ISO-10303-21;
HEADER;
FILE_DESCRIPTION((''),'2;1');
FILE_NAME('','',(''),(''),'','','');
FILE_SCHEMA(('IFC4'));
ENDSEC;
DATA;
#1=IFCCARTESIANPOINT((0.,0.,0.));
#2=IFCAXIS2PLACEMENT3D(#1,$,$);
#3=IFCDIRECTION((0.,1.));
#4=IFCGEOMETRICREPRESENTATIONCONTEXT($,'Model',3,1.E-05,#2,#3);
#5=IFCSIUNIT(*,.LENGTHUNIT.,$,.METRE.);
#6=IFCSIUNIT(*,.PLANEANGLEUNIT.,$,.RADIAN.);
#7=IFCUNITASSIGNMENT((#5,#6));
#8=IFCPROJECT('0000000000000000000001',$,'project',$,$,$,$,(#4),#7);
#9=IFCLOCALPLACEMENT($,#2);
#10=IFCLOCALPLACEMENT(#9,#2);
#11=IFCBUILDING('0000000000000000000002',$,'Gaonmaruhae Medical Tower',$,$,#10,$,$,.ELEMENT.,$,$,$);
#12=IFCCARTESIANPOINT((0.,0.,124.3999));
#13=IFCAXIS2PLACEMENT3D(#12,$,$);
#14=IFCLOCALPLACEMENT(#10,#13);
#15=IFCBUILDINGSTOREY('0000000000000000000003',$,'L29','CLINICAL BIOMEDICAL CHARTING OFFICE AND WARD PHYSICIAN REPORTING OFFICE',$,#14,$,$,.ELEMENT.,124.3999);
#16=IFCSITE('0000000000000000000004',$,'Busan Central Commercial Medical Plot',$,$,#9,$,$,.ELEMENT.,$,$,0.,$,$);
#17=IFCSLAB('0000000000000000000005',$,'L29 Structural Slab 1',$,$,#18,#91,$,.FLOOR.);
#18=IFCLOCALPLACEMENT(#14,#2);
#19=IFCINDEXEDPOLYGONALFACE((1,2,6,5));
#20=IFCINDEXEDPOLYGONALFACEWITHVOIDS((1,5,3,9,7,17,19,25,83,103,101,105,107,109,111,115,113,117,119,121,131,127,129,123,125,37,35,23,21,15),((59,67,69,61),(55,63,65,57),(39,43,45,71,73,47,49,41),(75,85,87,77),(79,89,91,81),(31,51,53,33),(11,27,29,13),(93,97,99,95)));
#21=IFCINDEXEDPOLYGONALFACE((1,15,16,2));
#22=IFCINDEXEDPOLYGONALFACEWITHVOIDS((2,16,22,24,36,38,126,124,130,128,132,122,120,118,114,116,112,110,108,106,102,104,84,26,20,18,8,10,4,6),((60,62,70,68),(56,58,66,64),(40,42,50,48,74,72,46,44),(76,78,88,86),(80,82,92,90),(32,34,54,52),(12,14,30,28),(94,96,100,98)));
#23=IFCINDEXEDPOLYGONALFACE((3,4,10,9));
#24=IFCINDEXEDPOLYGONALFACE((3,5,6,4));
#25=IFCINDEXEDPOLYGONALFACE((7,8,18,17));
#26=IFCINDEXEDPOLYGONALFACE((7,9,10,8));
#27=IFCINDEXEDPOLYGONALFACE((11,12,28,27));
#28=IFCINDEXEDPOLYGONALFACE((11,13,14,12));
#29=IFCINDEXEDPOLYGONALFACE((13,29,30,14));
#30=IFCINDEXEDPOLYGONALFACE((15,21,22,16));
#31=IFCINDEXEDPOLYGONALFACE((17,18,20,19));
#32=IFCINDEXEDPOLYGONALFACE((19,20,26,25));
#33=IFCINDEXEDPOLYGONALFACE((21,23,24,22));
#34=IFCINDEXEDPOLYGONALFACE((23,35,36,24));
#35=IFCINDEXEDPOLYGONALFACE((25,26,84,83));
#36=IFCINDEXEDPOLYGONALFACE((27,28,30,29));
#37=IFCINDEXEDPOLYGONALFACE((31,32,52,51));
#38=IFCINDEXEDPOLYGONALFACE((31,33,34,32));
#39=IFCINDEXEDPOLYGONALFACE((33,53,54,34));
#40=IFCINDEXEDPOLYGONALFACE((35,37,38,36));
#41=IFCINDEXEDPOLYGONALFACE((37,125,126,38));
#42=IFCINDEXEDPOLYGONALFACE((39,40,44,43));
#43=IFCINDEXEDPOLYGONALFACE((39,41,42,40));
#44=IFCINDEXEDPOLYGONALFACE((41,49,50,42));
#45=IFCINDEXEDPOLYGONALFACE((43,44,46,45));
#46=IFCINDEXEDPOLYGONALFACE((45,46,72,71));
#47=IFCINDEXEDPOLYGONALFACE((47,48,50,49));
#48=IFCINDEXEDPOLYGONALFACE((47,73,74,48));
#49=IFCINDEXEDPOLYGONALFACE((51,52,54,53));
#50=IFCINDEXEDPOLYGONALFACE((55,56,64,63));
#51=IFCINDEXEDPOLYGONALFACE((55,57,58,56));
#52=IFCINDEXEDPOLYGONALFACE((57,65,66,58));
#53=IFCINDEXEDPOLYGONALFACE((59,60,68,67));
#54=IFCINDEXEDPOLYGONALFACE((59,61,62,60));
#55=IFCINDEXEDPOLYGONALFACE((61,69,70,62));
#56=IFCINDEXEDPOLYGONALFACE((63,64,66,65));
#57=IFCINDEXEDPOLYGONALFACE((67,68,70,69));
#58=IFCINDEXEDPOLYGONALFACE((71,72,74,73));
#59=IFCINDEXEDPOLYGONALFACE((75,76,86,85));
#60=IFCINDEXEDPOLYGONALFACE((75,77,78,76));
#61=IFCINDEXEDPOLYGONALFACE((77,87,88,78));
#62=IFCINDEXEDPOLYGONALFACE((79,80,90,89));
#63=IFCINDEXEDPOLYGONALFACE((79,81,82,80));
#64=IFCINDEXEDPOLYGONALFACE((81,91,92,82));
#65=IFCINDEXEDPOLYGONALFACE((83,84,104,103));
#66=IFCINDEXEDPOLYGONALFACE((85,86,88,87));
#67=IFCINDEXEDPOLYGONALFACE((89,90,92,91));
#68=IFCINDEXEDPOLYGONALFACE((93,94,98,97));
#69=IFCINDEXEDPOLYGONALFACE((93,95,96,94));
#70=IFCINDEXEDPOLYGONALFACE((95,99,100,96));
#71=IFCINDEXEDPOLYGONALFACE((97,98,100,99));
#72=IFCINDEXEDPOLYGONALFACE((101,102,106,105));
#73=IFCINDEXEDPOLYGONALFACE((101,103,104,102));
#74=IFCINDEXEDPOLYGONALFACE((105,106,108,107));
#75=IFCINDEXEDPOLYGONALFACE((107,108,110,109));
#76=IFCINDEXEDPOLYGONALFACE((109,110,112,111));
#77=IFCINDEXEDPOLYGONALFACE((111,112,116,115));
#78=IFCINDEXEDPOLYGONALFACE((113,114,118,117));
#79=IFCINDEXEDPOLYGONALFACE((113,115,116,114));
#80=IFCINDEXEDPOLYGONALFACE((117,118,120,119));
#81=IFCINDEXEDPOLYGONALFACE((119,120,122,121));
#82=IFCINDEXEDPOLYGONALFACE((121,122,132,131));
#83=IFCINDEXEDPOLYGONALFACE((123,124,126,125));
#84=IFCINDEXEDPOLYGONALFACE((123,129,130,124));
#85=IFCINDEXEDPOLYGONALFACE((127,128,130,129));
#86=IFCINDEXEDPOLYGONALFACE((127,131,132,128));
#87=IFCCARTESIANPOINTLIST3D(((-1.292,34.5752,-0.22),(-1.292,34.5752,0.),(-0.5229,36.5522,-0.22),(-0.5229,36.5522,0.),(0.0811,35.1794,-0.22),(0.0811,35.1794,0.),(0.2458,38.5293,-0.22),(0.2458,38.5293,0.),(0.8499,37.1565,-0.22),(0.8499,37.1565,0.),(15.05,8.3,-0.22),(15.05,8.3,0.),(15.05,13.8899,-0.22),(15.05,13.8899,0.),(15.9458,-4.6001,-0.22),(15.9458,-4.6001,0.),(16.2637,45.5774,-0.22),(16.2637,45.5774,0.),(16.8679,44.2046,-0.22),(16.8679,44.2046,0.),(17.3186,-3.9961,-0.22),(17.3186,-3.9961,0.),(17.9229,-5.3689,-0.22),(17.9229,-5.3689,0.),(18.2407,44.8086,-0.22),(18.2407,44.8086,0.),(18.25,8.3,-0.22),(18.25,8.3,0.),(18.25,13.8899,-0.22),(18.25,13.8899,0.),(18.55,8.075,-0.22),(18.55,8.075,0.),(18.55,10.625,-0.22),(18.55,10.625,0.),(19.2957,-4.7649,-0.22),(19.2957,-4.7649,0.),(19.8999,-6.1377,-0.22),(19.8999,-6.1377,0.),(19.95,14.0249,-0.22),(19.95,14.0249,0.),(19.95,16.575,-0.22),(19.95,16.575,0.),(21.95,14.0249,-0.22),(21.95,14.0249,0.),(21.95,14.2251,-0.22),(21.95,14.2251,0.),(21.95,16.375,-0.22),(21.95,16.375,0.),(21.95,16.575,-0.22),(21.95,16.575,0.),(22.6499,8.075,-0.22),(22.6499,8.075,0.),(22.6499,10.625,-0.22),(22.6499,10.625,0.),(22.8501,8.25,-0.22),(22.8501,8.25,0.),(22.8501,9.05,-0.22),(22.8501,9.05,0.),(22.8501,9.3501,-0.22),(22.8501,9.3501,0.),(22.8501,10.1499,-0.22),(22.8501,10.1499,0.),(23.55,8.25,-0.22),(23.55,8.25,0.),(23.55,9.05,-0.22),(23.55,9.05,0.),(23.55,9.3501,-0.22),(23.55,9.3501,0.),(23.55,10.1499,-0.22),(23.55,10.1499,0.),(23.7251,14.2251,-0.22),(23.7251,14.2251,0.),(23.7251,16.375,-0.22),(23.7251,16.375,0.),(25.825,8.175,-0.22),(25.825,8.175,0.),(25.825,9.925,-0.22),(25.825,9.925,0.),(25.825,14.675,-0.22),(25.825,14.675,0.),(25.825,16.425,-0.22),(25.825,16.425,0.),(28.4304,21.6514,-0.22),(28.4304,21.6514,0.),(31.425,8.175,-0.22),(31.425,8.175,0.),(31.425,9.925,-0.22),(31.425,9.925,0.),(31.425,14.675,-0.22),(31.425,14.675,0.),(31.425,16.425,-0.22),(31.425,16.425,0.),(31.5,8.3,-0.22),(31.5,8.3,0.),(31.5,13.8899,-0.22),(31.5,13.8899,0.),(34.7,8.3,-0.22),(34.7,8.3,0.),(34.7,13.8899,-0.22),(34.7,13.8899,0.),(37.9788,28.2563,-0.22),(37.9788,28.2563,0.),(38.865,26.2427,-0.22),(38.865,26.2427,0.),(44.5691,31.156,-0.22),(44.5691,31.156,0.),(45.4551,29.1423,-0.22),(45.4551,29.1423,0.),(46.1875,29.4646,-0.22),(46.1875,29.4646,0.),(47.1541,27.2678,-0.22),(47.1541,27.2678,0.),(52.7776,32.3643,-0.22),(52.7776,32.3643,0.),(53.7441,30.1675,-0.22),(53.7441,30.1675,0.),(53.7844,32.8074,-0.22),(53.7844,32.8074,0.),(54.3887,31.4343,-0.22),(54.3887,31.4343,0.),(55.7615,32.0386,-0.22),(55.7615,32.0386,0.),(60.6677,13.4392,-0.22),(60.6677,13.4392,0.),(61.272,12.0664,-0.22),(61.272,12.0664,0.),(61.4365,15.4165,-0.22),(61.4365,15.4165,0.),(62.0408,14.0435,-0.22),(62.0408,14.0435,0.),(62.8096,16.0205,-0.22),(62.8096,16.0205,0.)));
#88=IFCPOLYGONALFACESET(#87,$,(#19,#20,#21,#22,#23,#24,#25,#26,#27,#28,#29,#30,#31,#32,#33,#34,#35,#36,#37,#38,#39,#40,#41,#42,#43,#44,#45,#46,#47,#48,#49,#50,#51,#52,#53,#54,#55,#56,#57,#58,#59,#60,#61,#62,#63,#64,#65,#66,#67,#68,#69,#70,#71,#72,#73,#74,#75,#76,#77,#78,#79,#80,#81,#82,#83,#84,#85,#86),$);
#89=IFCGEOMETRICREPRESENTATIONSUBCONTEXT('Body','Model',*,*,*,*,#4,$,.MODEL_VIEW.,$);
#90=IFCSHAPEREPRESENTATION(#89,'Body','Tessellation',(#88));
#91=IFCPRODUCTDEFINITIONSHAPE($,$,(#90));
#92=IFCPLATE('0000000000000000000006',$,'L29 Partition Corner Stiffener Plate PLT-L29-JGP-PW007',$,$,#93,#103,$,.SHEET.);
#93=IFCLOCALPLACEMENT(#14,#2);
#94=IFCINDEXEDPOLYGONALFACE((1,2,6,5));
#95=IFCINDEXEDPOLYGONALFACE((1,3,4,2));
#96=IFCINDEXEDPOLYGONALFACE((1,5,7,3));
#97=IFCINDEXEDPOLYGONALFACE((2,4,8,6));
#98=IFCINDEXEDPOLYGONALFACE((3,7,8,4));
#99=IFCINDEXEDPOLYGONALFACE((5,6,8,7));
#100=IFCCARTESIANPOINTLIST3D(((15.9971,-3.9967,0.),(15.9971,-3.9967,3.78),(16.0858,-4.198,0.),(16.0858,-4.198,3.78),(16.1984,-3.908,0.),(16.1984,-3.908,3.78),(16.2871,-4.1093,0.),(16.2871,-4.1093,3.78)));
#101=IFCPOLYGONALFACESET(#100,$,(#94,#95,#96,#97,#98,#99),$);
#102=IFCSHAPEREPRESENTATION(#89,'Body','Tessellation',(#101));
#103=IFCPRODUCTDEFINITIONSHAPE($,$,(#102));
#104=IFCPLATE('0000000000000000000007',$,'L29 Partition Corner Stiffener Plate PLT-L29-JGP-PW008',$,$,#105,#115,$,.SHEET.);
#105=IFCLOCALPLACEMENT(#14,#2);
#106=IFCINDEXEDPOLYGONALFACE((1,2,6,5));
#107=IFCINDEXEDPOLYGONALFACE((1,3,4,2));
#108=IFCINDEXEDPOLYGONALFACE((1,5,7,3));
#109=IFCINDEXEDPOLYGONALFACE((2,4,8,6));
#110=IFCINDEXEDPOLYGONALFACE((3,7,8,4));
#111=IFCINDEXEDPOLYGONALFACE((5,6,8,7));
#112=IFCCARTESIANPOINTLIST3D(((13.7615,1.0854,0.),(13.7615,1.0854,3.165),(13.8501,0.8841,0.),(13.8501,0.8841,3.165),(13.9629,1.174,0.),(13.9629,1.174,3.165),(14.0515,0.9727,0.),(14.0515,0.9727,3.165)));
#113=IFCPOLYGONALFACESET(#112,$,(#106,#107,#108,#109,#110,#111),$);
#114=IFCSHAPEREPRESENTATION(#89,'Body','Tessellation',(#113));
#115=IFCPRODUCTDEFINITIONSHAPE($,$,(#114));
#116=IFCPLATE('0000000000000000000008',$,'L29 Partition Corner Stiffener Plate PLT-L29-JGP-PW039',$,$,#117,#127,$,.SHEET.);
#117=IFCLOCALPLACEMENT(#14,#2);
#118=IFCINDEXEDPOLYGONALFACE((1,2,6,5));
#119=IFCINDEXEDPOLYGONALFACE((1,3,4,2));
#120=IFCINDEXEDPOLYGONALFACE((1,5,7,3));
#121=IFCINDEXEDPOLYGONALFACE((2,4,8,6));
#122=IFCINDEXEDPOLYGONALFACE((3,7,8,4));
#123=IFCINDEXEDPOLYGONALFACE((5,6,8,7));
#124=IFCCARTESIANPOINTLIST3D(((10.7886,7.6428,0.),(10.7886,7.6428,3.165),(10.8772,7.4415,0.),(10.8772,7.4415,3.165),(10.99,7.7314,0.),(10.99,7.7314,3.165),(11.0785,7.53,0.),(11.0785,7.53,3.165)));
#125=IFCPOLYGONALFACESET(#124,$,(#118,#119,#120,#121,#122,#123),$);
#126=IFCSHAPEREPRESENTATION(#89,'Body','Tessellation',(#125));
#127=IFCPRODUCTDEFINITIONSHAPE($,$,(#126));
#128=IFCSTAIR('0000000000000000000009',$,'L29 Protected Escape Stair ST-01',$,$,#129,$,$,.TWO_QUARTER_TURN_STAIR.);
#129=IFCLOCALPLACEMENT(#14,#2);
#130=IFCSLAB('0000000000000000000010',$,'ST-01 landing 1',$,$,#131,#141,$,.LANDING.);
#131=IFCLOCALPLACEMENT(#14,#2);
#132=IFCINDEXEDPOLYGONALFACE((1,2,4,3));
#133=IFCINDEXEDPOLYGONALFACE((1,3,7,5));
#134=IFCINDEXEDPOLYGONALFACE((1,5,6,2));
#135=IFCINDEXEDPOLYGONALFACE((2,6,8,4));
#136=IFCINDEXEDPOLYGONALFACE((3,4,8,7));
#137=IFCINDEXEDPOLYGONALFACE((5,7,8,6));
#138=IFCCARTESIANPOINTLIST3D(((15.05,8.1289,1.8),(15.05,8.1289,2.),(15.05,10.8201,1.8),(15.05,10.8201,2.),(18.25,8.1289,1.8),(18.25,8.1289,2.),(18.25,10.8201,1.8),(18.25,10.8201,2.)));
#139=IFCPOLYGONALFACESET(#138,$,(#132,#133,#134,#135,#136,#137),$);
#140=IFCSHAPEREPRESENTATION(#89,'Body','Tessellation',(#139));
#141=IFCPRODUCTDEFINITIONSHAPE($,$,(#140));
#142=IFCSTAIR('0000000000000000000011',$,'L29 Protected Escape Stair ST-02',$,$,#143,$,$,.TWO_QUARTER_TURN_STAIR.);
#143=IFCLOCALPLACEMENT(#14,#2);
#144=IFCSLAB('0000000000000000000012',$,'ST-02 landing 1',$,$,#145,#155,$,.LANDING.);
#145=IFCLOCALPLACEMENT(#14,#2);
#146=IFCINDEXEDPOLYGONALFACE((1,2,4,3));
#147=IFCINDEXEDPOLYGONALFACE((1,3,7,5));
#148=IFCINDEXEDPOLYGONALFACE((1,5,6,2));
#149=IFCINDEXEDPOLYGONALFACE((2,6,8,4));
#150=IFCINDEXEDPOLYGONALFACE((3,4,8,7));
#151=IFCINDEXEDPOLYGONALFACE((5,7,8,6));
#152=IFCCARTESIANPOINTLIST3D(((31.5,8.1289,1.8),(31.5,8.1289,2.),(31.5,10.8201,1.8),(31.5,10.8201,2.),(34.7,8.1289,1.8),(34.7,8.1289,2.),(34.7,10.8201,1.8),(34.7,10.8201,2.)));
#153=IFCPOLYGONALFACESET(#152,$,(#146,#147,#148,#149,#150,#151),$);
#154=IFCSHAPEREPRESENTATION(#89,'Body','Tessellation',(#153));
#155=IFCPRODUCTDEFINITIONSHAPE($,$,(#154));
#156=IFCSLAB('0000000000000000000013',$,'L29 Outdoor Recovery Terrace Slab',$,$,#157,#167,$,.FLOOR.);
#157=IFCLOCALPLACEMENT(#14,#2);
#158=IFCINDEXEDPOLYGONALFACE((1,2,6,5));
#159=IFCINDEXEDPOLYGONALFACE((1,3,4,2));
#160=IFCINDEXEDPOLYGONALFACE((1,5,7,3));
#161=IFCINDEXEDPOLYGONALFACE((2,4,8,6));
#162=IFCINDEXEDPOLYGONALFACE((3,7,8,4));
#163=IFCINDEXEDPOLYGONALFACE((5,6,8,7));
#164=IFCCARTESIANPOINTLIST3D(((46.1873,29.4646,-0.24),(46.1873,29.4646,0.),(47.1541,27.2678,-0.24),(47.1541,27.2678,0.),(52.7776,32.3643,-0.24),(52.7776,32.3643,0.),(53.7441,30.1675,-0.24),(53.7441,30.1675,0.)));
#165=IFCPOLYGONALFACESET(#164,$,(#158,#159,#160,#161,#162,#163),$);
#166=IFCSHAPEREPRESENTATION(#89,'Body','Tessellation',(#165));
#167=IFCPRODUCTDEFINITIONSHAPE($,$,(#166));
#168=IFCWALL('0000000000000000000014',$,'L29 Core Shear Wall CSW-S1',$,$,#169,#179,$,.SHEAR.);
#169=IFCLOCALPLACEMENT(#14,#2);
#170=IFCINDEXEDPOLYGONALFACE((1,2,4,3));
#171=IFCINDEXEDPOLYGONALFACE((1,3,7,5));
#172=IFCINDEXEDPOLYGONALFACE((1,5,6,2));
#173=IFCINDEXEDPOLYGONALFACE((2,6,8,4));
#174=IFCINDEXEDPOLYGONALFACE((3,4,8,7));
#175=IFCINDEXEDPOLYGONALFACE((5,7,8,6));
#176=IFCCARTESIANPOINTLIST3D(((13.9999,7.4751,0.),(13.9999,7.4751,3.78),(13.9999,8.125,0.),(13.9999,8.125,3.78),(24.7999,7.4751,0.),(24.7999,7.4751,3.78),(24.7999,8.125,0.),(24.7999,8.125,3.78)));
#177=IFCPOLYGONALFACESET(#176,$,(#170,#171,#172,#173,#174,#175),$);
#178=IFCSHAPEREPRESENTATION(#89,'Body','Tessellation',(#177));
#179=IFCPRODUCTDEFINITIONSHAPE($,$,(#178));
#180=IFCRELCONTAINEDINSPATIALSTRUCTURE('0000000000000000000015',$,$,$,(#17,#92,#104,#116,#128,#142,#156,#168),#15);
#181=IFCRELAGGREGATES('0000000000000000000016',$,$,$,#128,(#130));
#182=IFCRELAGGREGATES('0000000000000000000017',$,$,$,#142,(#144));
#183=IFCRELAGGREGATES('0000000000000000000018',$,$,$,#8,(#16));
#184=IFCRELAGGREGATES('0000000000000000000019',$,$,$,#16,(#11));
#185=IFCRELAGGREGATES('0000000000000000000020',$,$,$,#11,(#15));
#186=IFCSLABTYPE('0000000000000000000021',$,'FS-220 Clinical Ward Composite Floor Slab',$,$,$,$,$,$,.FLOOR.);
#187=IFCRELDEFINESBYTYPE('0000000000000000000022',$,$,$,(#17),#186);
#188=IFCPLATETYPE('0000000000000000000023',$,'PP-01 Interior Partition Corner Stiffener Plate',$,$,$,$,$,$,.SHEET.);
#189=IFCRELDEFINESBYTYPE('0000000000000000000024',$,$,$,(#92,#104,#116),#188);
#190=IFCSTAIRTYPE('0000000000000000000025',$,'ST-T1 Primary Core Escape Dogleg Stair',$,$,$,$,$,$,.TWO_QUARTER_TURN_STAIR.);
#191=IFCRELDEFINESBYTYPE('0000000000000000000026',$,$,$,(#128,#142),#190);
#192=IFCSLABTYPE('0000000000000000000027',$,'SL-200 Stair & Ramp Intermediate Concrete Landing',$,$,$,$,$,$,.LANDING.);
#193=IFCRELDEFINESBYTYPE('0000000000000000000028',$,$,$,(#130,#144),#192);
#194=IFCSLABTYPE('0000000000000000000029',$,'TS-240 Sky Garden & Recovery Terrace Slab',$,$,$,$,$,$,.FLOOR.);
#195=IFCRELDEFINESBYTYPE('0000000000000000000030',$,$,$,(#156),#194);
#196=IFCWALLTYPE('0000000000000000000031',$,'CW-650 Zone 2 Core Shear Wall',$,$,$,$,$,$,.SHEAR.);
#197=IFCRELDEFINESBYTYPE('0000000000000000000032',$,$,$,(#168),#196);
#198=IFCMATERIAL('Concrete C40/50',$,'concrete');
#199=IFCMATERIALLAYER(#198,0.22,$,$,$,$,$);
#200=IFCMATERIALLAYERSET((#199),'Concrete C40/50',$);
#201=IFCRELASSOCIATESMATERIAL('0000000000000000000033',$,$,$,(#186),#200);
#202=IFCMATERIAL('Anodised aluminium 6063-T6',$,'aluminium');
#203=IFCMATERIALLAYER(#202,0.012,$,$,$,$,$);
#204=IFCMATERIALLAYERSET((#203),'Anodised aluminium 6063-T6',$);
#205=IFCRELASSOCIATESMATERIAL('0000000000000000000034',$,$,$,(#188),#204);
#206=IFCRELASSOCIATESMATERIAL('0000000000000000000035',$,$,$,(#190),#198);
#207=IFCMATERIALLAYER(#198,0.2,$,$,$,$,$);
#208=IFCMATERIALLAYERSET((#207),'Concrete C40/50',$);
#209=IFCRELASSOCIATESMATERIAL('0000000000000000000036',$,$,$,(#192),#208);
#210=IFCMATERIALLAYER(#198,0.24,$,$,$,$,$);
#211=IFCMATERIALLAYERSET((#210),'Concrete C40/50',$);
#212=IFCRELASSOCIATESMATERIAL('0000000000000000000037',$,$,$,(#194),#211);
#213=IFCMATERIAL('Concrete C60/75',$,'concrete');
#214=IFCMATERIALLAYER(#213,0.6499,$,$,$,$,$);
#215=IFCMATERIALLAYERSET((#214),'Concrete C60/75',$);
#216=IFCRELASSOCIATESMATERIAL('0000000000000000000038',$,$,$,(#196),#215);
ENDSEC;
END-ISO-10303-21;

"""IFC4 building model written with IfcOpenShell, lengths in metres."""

from ifc_helpers import new_model, si_unit, direction, frame, frame_2d, origin, origin_2d, place, context, subcontext, project, spatial, polyline, rectangle, outline, extrude, material, layer, layer_set, type_object, element, aggregate, save


model = new_model("IFC4")

# Units and contexts
model_context = context("Model", 3, precision=1e-05, world=origin(), true_north=direction((0.0, 1.0)))
body_context = subcontext(model_context, "Body", "Model", "MODEL_VIEW")
ifc_project = project(units=[si_unit("LENGTHUNIT", "METRE"), si_unit("PLANEANGLEUNIT", "RADIAN")], contexts=[model_context])

# Site, building, storey
site_placement = place(None, origin())
site = spatial("IfcSite", under=ifc_project, at=site_placement, Name="Busan Central Commercial Medical Plot", CompositionType="ELEMENT", RefElevation=0.0)
building_placement = place(site_placement, origin())
building = spatial("IfcBuilding", under=site, at=building_placement, Name="Gaonmaruhae Medical Tower", CompositionType="ELEMENT")
storey_placement = place(building_placement, frame((0.0, 0.0, 124.3999)))
storey = spatial("IfcBuildingStorey", under=building, at=storey_placement, Name="L29", Description="CLINICAL BIOMEDICAL CHARTING OFFICE AND WARD PHYSICIAN REPORTING OFFICE", CompositionType="ELEMENT", Elevation=124.3999)

# Shared definitions
ifc_material_1 = material(Name="Concrete C60/75", Category="concrete")

# Slab
ifc_material_2 = material(Name="Concrete C40/50", Category="concrete")
ifc_layer_1 = layer(ifc_material_2, 0.22)
ifc_layer_set_1 = layer_set([ifc_layer_1], Name="Concrete C40/50")
slab_type_1 = type_object("IfcSlabType", Name="FS-220 Clinical Ward Composite Floor Slab", PredefinedType="FLOOR", material=ifc_layer_set_1)
slab_1_placement = place(storey_placement, frame((0.0, 0.0, -0.22)))
element("IfcSlab", 1, at=slab_1_placement, inside=storey, type_object=slab_type_1, Name="L29 Structural Slab 1", PredefinedType="FLOOR", context=body_context, shape_type="SweptSolid", body=[
    extrude(outline(polyline([(54.3887, 31.4343), (55.7615, 32.0386), (62.8096, 16.0205), (61.4365, 15.4165), (62.0408, 14.0435), (60.6677, 13.4392), (61.272, 12.0664), (19.8999, -6.1377), (19.2957, -4.7649), (17.9229, -5.3689), (17.3186, -3.9961), (15.9458, -4.6001), (-1.292, 34.5752), (0.0811, 35.1794), (-0.5229, 36.5522), (0.8499, 37.1565), (0.2458, 38.5293), (16.2637, 45.5774), (16.8679, 44.2046), (18.2407, 44.8086), (28.4304, 21.6514), (38.865, 26.2427), (37.9788, 28.2563), (44.5691, 31.156), (45.4551, 29.1423), (46.1875, 29.4646), (47.1541, 27.2678), (53.7441, 30.1675), (52.7776, 32.3643), (53.7844, 32.8074), (54.3887, 31.4343)]), holes=[polyline([(23.55, 8.25), (22.8501, 8.25), (22.8501, 9.05), (23.55, 9.05), (23.55, 8.25)]), polyline([(25.825, 9.925), (31.425, 9.925), (31.425, 8.175), (25.825, 8.175), (25.825, 9.925)]), polyline([(22.6499, 10.625), (22.6499, 8.075), (18.55, 8.075), (18.55, 10.625), (22.6499, 10.625)]), polyline([(23.55, 9.3501), (22.8501, 9.3501), (22.8501, 10.1499), (23.55, 10.1499), (23.55, 9.3501)]), polyline([(15.05, 13.8899), (18.25, 13.8899), (18.25, 8.3), (15.05, 8.3), (15.05, 13.8899)]), polyline([(31.5, 13.8899), (34.7, 13.8899), (34.7, 8.3), (31.5, 8.3), (31.5, 13.8899)]), polyline([(21.95, 14.2251), (21.95, 14.0249), (19.95, 14.0249), (19.95, 16.575), (21.95, 16.575), (21.95, 16.375), (23.7251, 16.375), (23.7251, 14.2251), (21.95, 14.2251)]), polyline([(25.825, 16.425), (31.425, 16.425), (31.425, 14.675), (25.825, 14.675), (25.825, 16.425)])]), origin(), (0.0, 0.0, 1.0), 0.22),
])

# Plates
ifc_material_3 = material(Name="Anodised aluminium 6063-T6", Category="aluminium")
ifc_layer_2 = layer(ifc_material_3, 0.012)
ifc_layer_set_2 = layer_set([ifc_layer_2], Name="Anodised aluminium 6063-T6")
plate_type = type_object("IfcPlateType", Name="PP-01 Interior Partition Corner Stiffener Plate", PredefinedType="SHEET", material=ifc_layer_set_2)
plate_placement = place(storey_placement, frame((16.1421, -4.053, 0.0), z_axis=(0.0, 0.0, 1.0), x_axis=(-0.40305, 0.915178, 0.0)))
element("IfcPlate", 2, at=plate_placement, inside=storey, type_object=plate_type, Name="L29 Partition Corner Stiffener Plate PLT-L29-JGP-PW007", PredefinedType="SHEET", context=body_context, shape_type="SweptSolid", body=[
    extrude(rectangle(XDim=0.22, YDim=0.22, at=origin_2d()), origin(), (0.0, 0.0, 1.0), 3.78),
])
for number, where, z_axis, x_axis, name in (
    (3, (13.9065, 1.0291, 0.0), (0.0, 0.0, 1.0), (-0.402779, 0.915297, 0.0), "L29 Partition Corner Stiffener Plate PLT-L29-JGP-PW008"),
    (4, (10.9336, 7.5864, 0.0), (0.0, 0.0, 1.0), (-0.402459, 0.915438, 0.0), "L29 Partition Corner Stiffener Plate PLT-L29-JGP-PW039"),
):
    element("IfcPlate", number, at=place(storey_placement, frame(where, z_axis=z_axis, x_axis=x_axis)), inside=storey, type_object=plate_type, Name=name, PredefinedType="SHEET", context=body_context, shape_type="SweptSolid", body=[
        extrude(rectangle(XDim=0.22, YDim=0.22, at=origin_2d()), origin(), (0.0, 0.0, 1.0), 3.165),
    ])

# Stairs, slabs
stair_type = type_object("IfcStairType", Name="ST-T1 Primary Core Escape Dogleg Stair", PredefinedType="TWO_QUARTER_TURN_STAIR", material=ifc_material_2)
stair_1_placement = place(storey_placement, origin())
stair_1 = element("IfcStair", 5, at=stair_1_placement, inside=storey, type_object=stair_type, Name="L29 Protected Escape Stair ST-01", PredefinedType="TWO_QUARTER_TURN_STAIR")
ifc_layer_3 = layer(ifc_material_2, 0.2)
ifc_layer_set_3 = layer_set([ifc_layer_3], Name="Concrete C40/50")
slab_type_2 = type_object("IfcSlabType", Name="SL-200 Stair & Ramp Intermediate Concrete Landing", PredefinedType="LANDING", material=ifc_layer_set_3)
slab_2_placement = place(storey_placement, frame((0.0, 0.0, 1.8)))
slab_2 = element("IfcSlab", 6, at=slab_2_placement, type_object=slab_type_2, Name="ST-01 landing 1", PredefinedType="LANDING", context=body_context, shape_type="SweptSolid", body=[
    extrude(outline(polyline([(15.05, 10.8201), (15.05, 8.1289), (18.25, 8.1289), (18.25, 10.8201), (15.05, 10.8201)])), origin(), (0.0, 0.0, 1.0), 0.2),
])
aggregate(stair_1, [slab_2])
stair_2_placement = place(storey_placement, origin())
stair_2 = element("IfcStair", 7, at=stair_2_placement, inside=storey, type_object=stair_type, Name="L29 Protected Escape Stair ST-02", PredefinedType="TWO_QUARTER_TURN_STAIR")
slab_3_placement = place(storey_placement, frame((0.0, 0.0, 1.8)))
slab_3 = element("IfcSlab", 8, at=slab_3_placement, type_object=slab_type_2, Name="ST-02 landing 1", PredefinedType="LANDING", context=body_context, shape_type="SweptSolid", body=[
    extrude(outline(polyline([(31.5, 10.8201), (31.5, 8.1289), (34.7, 8.1289), (34.7, 10.8201), (31.5, 10.8201)])), origin(), (0.0, 0.0, 1.0), 0.2),
])
aggregate(stair_2, [slab_3])

# Slab
ifc_layer_4 = layer(ifc_material_2, 0.24)
ifc_layer_set_4 = layer_set([ifc_layer_4], Name="Concrete C40/50")
slab_type_3 = type_object("IfcSlabType", Name="TS-240 Sky Garden & Recovery Terrace Slab", PredefinedType="FLOOR", material=ifc_layer_set_4)
slab_4_placement = place(storey_placement, frame((0.0, 0.0, -0.24)))
element("IfcSlab", 9, at=slab_4_placement, inside=storey, type_object=slab_type_3, Name="L29 Outdoor Recovery Terrace Slab", PredefinedType="FLOOR", context=body_context, shape_type="SweptSolid", body=[
    extrude(outline(polyline([(47.1541, 27.2678), (53.7441, 30.1675), (52.7776, 32.3643), (46.1873, 29.4646), (47.1541, 27.2678)])), origin(), (0.0, 0.0, 1.0), 0.24),
])

# Wall
ifc_layer_5 = layer(ifc_material_1, 0.6499)
ifc_layer_set_5 = layer_set([ifc_layer_5], Name="Concrete C60/75")
wall_type_1 = type_object("IfcWallType", Name="CW-650 Zone 2 Core Shear Wall", PredefinedType="SHEAR", material=ifc_layer_set_5)
wall_1_placement = place(storey_placement, frame((14.0, 7.8, 0.0), z_axis=(0.0, 0.0, 1.0), x_axis=(1.0, 0.0, 0.0)))
element("IfcWall", 10, at=wall_1_placement, inside=storey, type_object=wall_type_1, Name="L29 Core Shear Wall CSW-S1", PredefinedType="SHEAR", context=body_context, shape_type="SweptSolid", body=[
    extrude(rectangle(XDim=10.8, YDim=0.6499, at=frame_2d((5.3999, 0.0))), origin(), (0.0, 0.0, 1.0), 3.78),
])

save(model, "model.ifc")
